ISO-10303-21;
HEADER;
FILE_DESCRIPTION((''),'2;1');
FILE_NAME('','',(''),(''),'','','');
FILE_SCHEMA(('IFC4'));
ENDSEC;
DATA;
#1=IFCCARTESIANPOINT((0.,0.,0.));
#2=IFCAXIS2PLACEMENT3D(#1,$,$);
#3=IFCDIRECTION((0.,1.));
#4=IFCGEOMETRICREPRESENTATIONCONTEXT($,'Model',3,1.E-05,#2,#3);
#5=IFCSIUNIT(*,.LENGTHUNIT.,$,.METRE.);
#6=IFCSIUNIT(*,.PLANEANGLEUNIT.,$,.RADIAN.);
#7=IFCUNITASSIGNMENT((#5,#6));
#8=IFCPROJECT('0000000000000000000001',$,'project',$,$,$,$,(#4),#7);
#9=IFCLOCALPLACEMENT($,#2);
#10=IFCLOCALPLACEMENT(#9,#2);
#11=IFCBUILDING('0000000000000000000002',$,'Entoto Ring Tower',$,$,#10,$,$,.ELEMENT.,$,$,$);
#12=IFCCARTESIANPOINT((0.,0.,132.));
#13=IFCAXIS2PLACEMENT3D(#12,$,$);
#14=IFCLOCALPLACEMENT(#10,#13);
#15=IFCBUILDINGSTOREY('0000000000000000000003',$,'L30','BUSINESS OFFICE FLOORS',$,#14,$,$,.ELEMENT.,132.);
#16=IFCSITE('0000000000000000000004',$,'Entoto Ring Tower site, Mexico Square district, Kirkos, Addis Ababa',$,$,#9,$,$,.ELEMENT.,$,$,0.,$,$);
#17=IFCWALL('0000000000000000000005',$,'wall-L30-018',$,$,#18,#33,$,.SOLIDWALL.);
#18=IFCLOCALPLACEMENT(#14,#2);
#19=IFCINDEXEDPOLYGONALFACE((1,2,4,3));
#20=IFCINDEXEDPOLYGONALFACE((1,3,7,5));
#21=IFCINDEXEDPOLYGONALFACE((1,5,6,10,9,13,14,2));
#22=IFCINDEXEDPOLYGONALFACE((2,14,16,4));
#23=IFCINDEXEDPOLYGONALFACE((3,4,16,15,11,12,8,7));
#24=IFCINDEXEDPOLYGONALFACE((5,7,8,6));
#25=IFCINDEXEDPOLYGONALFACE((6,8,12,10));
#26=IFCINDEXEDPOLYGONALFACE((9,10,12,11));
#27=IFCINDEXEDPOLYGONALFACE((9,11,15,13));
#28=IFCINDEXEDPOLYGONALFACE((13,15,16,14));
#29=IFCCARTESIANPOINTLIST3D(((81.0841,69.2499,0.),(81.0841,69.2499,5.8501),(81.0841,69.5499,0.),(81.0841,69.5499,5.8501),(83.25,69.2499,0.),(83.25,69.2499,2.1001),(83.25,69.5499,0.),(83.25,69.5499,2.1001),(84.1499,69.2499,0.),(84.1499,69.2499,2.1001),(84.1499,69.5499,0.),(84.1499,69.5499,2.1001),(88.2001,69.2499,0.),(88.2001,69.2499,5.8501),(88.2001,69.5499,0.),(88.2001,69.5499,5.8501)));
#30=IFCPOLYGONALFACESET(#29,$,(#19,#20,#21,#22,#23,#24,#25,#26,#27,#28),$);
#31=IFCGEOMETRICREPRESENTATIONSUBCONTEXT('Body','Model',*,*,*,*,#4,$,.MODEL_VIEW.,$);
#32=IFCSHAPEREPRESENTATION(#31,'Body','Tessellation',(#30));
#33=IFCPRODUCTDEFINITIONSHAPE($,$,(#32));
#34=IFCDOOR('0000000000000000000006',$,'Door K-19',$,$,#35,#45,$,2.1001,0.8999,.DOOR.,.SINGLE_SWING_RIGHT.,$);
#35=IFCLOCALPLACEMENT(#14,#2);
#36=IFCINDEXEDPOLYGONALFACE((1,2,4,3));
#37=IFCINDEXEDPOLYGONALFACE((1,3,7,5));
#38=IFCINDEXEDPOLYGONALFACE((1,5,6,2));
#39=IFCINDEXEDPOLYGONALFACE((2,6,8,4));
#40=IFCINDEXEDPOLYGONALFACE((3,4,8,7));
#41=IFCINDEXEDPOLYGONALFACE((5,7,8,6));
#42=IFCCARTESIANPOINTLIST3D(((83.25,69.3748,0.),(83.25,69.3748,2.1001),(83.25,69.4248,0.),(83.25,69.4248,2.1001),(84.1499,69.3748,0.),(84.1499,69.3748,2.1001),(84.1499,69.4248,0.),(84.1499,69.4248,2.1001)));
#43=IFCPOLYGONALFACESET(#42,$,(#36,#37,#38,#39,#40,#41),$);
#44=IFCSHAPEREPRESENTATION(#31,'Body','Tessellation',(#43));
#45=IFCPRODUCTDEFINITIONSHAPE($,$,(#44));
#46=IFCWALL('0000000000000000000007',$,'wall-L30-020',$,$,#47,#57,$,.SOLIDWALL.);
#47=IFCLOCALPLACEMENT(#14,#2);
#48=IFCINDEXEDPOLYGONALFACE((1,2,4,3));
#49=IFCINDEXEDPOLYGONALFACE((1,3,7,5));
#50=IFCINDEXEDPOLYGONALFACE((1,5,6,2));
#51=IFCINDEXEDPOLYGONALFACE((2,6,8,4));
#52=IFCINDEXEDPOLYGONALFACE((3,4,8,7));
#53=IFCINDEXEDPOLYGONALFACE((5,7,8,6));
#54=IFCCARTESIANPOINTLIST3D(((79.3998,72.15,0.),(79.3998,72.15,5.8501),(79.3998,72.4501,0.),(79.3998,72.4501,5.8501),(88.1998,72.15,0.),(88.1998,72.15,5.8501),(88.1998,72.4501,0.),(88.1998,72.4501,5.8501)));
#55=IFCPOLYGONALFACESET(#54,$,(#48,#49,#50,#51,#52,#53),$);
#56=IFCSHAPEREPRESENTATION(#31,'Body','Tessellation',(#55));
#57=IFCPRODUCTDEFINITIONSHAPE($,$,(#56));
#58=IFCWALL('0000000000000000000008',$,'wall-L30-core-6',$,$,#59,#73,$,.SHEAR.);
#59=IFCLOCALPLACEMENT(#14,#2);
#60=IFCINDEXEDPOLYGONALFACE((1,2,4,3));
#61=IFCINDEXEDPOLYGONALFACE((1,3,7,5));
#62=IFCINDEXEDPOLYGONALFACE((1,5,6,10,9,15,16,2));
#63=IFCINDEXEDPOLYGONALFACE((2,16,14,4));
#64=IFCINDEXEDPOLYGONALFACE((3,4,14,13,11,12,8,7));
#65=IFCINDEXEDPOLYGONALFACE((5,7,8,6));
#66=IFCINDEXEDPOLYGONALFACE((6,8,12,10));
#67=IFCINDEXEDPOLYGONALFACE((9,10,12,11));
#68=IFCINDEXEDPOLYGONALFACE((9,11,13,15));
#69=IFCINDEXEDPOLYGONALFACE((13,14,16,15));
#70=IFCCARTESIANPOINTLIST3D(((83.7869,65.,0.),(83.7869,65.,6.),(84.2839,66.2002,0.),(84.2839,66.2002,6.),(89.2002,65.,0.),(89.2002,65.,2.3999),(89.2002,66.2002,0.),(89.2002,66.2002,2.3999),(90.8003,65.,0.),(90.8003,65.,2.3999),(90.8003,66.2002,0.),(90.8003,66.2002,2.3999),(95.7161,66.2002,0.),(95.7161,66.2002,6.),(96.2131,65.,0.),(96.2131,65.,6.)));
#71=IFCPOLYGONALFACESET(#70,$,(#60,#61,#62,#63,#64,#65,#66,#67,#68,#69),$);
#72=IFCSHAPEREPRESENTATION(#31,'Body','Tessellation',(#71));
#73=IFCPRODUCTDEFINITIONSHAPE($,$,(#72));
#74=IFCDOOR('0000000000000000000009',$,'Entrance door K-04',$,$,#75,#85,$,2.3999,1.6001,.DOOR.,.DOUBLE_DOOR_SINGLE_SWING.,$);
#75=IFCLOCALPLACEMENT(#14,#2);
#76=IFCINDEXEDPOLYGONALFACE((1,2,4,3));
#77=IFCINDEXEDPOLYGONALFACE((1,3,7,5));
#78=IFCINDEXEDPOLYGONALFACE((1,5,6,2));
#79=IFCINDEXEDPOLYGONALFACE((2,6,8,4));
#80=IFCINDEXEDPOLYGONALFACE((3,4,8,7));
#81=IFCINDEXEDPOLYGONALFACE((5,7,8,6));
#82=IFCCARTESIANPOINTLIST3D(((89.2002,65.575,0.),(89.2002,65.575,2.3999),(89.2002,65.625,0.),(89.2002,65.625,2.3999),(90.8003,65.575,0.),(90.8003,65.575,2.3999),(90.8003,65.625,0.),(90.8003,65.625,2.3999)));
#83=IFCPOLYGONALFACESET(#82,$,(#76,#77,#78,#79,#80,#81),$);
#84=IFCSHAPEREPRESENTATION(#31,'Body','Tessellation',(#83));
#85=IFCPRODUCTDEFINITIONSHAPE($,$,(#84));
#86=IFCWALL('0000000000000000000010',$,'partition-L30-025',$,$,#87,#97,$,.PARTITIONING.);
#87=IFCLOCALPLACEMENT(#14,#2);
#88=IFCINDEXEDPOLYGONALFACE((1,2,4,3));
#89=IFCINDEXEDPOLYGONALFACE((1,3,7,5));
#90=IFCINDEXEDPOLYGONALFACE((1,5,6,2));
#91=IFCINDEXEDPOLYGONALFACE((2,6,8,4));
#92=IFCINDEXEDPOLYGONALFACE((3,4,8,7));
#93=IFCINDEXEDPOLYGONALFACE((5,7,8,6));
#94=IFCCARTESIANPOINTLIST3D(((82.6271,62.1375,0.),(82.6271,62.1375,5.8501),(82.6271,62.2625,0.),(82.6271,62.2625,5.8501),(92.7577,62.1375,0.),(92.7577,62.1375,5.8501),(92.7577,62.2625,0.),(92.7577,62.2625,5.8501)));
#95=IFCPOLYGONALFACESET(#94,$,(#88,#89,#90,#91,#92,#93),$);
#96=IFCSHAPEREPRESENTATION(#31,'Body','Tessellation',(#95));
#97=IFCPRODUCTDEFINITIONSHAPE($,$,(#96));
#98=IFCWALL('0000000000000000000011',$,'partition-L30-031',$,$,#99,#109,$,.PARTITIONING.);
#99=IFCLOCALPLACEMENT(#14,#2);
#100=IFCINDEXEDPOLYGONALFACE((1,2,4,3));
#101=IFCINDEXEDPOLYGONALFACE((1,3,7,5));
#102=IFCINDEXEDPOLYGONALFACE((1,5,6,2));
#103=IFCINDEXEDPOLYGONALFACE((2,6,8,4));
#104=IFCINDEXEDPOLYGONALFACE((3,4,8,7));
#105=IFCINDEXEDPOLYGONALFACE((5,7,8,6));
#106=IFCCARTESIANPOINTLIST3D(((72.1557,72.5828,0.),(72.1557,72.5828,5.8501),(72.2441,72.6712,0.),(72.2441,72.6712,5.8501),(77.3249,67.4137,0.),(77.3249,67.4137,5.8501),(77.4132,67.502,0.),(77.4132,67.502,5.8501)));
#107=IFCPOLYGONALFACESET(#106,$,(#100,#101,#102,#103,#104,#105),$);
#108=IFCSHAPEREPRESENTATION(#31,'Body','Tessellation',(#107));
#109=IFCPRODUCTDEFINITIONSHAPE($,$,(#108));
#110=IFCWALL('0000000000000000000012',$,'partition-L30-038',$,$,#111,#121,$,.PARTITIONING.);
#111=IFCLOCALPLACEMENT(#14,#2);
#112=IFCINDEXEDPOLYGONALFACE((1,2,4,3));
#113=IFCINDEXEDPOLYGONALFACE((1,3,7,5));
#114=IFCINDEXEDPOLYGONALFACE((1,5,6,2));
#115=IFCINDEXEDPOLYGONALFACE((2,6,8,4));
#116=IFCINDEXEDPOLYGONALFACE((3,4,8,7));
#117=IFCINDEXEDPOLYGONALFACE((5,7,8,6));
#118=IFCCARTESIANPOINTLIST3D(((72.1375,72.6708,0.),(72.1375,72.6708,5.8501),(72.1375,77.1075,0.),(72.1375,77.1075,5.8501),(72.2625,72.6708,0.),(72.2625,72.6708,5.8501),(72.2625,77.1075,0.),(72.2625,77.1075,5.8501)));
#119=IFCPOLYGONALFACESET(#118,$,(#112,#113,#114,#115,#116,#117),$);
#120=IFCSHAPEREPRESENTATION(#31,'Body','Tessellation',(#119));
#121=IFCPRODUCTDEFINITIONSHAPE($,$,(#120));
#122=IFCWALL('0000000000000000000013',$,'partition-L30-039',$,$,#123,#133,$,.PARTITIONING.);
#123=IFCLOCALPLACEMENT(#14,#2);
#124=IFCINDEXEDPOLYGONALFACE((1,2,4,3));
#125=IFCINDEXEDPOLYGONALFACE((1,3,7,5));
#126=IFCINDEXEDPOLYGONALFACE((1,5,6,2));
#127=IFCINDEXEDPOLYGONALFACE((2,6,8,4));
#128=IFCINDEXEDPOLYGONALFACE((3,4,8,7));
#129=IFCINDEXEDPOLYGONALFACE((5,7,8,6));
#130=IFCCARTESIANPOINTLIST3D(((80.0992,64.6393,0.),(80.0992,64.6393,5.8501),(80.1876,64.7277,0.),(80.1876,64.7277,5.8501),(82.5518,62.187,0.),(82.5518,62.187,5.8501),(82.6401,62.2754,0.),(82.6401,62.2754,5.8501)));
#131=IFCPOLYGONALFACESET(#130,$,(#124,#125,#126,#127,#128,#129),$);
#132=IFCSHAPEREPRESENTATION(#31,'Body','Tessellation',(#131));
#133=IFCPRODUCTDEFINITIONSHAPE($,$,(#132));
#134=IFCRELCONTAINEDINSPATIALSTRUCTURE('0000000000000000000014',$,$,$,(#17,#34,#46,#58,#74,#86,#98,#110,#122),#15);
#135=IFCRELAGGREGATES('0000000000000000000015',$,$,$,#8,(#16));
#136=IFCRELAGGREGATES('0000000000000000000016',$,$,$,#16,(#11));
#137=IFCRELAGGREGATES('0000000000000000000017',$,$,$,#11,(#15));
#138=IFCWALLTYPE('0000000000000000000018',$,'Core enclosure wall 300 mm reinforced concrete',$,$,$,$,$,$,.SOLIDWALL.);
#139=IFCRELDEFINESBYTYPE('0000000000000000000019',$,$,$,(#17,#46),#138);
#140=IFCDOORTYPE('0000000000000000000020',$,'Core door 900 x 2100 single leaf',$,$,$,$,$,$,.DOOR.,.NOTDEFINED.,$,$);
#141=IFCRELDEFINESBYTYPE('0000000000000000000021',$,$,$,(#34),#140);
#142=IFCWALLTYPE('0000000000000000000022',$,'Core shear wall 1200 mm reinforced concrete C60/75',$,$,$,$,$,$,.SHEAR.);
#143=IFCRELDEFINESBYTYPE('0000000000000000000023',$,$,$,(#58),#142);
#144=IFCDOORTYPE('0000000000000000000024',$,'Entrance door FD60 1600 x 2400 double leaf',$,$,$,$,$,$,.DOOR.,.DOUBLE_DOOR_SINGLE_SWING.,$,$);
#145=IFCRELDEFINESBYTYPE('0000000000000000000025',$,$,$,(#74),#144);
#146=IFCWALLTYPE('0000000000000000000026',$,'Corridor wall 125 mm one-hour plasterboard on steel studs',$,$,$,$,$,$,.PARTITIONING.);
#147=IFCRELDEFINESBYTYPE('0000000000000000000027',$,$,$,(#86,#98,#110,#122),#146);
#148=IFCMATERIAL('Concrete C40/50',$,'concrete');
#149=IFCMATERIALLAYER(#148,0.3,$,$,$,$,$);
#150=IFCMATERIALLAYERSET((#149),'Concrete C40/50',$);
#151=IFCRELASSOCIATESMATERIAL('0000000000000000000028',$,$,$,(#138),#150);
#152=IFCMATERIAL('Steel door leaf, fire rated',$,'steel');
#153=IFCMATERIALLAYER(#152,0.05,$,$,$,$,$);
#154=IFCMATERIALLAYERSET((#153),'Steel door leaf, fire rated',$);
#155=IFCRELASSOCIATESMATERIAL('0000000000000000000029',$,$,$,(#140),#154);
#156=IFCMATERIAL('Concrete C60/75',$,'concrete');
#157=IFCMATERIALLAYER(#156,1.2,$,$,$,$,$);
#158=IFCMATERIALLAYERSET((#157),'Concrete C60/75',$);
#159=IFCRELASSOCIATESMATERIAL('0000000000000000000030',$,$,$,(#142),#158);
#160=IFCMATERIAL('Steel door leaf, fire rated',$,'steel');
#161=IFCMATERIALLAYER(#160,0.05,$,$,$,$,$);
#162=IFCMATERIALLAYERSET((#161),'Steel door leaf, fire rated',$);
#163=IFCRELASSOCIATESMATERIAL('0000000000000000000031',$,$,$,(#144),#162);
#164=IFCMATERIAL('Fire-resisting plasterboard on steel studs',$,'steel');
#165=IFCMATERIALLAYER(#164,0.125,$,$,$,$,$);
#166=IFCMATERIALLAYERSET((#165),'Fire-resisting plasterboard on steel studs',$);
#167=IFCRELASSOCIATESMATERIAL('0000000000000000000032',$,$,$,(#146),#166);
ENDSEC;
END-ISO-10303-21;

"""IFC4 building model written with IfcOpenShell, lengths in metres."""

from ifc_helpers import new_model, si_unit, direction, frame, frame_2d, origin, place, context, subcontext, project, spatial, polyline, rectangle, outline, extrude, material, layer, layer_set, type_object, element, fill, save


model = new_model("IFC4")

# Units and contexts
model_context = context("Model", 3, precision=1e-05, world=origin(), true_north=direction((0.0, 1.0)))
body_context = subcontext(model_context, "Body", "Model", "MODEL_VIEW")
ifc_project = project(units=[si_unit("LENGTHUNIT", "METRE"), si_unit("PLANEANGLEUNIT", "RADIAN")], contexts=[model_context])

# Site, building, storey
site_placement = place(None, origin())
site = spatial("IfcSite", under=ifc_project, at=site_placement, Name="Entoto Ring Tower site, Mexico Square district, Kirkos, Addis Ababa", CompositionType="ELEMENT", RefElevation=0.0)
building_placement = place(site_placement, origin())
building = spatial("IfcBuilding", under=site, at=building_placement, Name="Entoto Ring Tower", CompositionType="ELEMENT")
storey_placement = place(building_placement, frame((0.0, 0.0, 132.0)))
storey = spatial("IfcBuildingStorey", under=building, at=storey_placement, Name="L30", Description="BUSINESS OFFICE FLOORS", CompositionType="ELEMENT", Elevation=132.0)

# Shared definitions
ifc_material_1 = material(Name="Concrete C40/50", Category="concrete")
ifc_layer_1 = layer(ifc_material_1, 0.3)
ifc_layer_set_1 = layer_set([ifc_layer_1], Name="Concrete C40/50")
wall_type_1 = type_object("IfcWallType", Name="Core enclosure wall 300 mm reinforced concrete", PredefinedType="SOLIDWALL", material=ifc_layer_set_1)

# Wall, opening, door
wall_1_placement = place(storey_placement, frame((81.084, 69.3999, 0.0), z_axis=(0.0, 0.0, 1.0), x_axis=(1.0, 0.0, 0.0)))
wall_1 = element("IfcWall", 1, at=wall_1_placement, inside=storey, type_object=wall_type_1, Name="wall-L30-018", PredefinedType="SOLIDWALL", context=body_context, shape_type="SweptSolid", body=[
    extrude(rectangle(XDim=7.116, YDim=0.3, at=frame_2d((3.5581, 0.0))), origin(), (0.0, 0.0, 1.0), 5.8501),
])
opening_1_placement = place(wall_1_placement, frame((2.166, 0.0, 0.0)))
opening_1 = element("IfcOpeningElement", 2, at=opening_1_placement, cuts=wall_1, PredefinedType="OPENING", context=body_context, shape_type="SweptSolid", body=[
    extrude(rectangle(XDim=0.8999, YDim=2.1001, at=frame_2d((0.45, 1.05))), frame((0.0, 0.1602, 0.0), z_axis=(0.0, -1.0, 0.0), x_axis=(1.0, 0.0, 0.0)), (0.0, 0.0, 1.0), 0.3201),
])
ifc_material_2 = material(Name="Steel door leaf, fire rated", Category="steel")
ifc_layer_2 = layer(ifc_material_2, 0.05)
ifc_layer_set_2 = layer_set([ifc_layer_2], Name="Steel door leaf, fire rated")
door_type_1 = type_object("IfcDoorType", Name="Core door 900 x 2100 single leaf", OperationType="NOTDEFINED", PredefinedType="DOOR", material=ifc_layer_set_2)
door_1_placement = place(opening_1_placement, origin())
door_1 = element("IfcDoor", 3, at=door_1_placement, inside=storey, type_object=door_type_1, Name="Door K-19", OperationType="SINGLE_SWING_RIGHT", OverallHeight=2.1001, OverallWidth=0.8999, PredefinedType="DOOR", context=body_context, shape_type="SweptSolid", body=[
    extrude(rectangle(XDim=0.8999, YDim=2.1001, at=frame_2d((0.45, 1.05))), frame((0.0, 0.0249, 0.0), z_axis=(0.0, -1.0, 0.0), x_axis=(1.0, 0.0, 0.0)), (0.0, 0.0, 1.0), 0.05),
])
fill(opening_1, door_1)

# Wall
wall_2_placement = place(storey_placement, frame((79.3999, 72.3, 0.0), z_axis=(0.0, 0.0, 1.0), x_axis=(1.0, 0.0, 0.0)))
element("IfcWall", 4, at=wall_2_placement, inside=storey, type_object=wall_type_1, Name="wall-L30-020", PredefinedType="SOLIDWALL", context=body_context, shape_type="SweptSolid", body=[
    extrude(rectangle(XDim=8.8, YDim=0.3, at=frame_2d((4.3999, 0.0))), origin(), (0.0, 0.0, 1.0), 5.8501),
])

# Wall, opening, door
ifc_material_3 = material(Name="Concrete C60/75", Category="concrete")
ifc_layer_3 = layer(ifc_material_3, 1.2)
ifc_layer_set_3 = layer_set([ifc_layer_3], Name="Concrete C60/75")
wall_type_2 = type_object("IfcWallType", Name="Core shear wall 1200 mm reinforced concrete C60/75", PredefinedType="SHEAR", material=ifc_layer_set_3)
wall_3_placement = place(storey_placement, frame((84.0354, 65.6001, 0.0), z_axis=(0.0, 0.0, 1.0), x_axis=(1.0, 0.0, 0.0)))
wall_3 = element("IfcWall", 5, at=wall_3_placement, inside=storey, type_object=wall_type_2, Name="wall-L30-core-6", PredefinedType="SHEAR", context=body_context, shape_type="SweptSolid", body=[
    extrude(outline(polyline([(-0.2485, -0.6001), (12.1777, -0.6001), (11.6807, 0.6001), (0.2485, 0.6001), (-0.2485, -0.6001)])), origin(), (0.0, 0.0, 1.0), 6.0),
])
opening_2_placement = place(wall_3_placement, frame((5.1648, 0.0, 0.0)))
opening_2 = element("IfcOpeningElement", 6, at=opening_2_placement, cuts=wall_3, PredefinedType="OPENING", context=body_context, shape_type="SweptSolid", body=[
    extrude(rectangle(XDim=1.6001, YDim=2.3999, at=frame_2d((0.8, 1.2))), frame((0.0, 0.6099, 0.0), z_axis=(0.0, -1.0, 0.0), x_axis=(1.0, 0.0, 0.0)), (0.0, 0.0, 1.0), 1.22),
])
ifc_material_4 = material(Name="Steel door leaf, fire rated", Category="steel")
ifc_layer_4 = layer(ifc_material_4, 0.05)
ifc_layer_set_4 = layer_set([ifc_layer_4], Name="Steel door leaf, fire rated")
door_type_2 = type_object("IfcDoorType", Name="Entrance door FD60 1600 x 2400 double leaf", OperationType="DOUBLE_DOOR_SINGLE_SWING", PredefinedType="DOOR", material=ifc_layer_set_4)
door_2_placement = place(opening_2_placement, origin())
door_2 = element("IfcDoor", 7, at=door_2_placement, inside=storey, type_object=door_type_2, Name="Entrance door K-04", OperationType="DOUBLE_DOOR_SINGLE_SWING", OverallHeight=2.3999, OverallWidth=1.6001, PredefinedType="DOOR", context=body_context, shape_type="SweptSolid", body=[
    extrude(rectangle(XDim=1.6001, YDim=2.3999, at=frame_2d((0.8, 1.2))), frame((0.0, 0.0249, 0.0), z_axis=(0.0, -1.0, 0.0), x_axis=(1.0, 0.0, 0.0)), (0.0, 0.0, 1.0), 0.05),
])
fill(opening_2, door_2)

# Walls
ifc_material_5 = material(Name="Fire-resisting plasterboard on steel studs", Category="steel")
ifc_layer_5 = layer(ifc_material_5, 0.125)
ifc_layer_set_5 = layer_set([ifc_layer_5], Name="Fire-resisting plasterboard on steel studs")
wall_type_3 = type_object("IfcWallType", Name="Corridor wall 125 mm one-hour plasterboard on steel studs", PredefinedType="PARTITIONING", material=ifc_layer_set_5)
wall_4_placement = place(storey_placement, frame((82.627, 62.2, 0.0), z_axis=(0.0, 0.0, 1.0), x_axis=(1.0, 0.0, 0.0)))
element("IfcWall", 8, at=wall_4_placement, inside=storey, type_object=wall_type_3, Name="partition-L30-025", PredefinedType="PARTITIONING", context=body_context, shape_type="SweptSolid", body=[
    extrude(rectangle(XDim=10.1306, YDim=0.125, at=frame_2d((5.0654, 0.0))), origin(), (0.0, 0.0, 1.0), 5.8501),
])
wall_5_placement = place(storey_placement, frame((77.3691, 67.4578, 0.0), z_axis=(0.0, 0.0, 1.0), x_axis=(-0.707107, 0.707107, 0.0)))
element("IfcWall", 9, at=wall_5_placement, inside=storey, type_object=wall_type_3, Name="partition-L30-031", PredefinedType="PARTITIONING", context=body_context, shape_type="SweptSolid", body=[
    extrude(rectangle(XDim=7.3103, YDim=0.125, at=frame_2d((3.6553, 0.0))), origin(), (0.0, 0.0, 1.0), 5.8501),
])
wall_6_placement = place(storey_placement, frame((72.2, 72.6709, 0.0), z_axis=(0.0, 0.0, 1.0), x_axis=(0.0, 1.0, 0.0)))
element("IfcWall", 10, at=wall_6_placement, inside=storey, type_object=wall_type_3, Name="partition-L30-038", PredefinedType="PARTITIONING", context=body_context, shape_type="SweptSolid", body=[
    extrude(rectangle(XDim=4.4368, YDim=0.125, at=frame_2d((2.2183, 0.0))), origin(), (0.0, 0.0, 1.0), 5.8501),
])
wall_7_placement = place(storey_placement, frame((82.5959, 62.2312, 0.0), z_axis=(0.0, 0.0, 1.0), x_axis=(-0.707142, 0.707072, 0.0)))
element("IfcWall", 11, at=wall_7_placement, inside=storey, type_object=wall_type_3, Name="partition-L30-039", PredefinedType="PARTITIONING", context=body_context, shape_type="SweptSolid", body=[
    extrude(rectangle(XDim=3.4683, YDim=0.125, at=frame_2d((1.7341, 0.0))), origin(), (0.0, 0.0, 1.0), 5.8501),
])

save(model, "model.ifc")
